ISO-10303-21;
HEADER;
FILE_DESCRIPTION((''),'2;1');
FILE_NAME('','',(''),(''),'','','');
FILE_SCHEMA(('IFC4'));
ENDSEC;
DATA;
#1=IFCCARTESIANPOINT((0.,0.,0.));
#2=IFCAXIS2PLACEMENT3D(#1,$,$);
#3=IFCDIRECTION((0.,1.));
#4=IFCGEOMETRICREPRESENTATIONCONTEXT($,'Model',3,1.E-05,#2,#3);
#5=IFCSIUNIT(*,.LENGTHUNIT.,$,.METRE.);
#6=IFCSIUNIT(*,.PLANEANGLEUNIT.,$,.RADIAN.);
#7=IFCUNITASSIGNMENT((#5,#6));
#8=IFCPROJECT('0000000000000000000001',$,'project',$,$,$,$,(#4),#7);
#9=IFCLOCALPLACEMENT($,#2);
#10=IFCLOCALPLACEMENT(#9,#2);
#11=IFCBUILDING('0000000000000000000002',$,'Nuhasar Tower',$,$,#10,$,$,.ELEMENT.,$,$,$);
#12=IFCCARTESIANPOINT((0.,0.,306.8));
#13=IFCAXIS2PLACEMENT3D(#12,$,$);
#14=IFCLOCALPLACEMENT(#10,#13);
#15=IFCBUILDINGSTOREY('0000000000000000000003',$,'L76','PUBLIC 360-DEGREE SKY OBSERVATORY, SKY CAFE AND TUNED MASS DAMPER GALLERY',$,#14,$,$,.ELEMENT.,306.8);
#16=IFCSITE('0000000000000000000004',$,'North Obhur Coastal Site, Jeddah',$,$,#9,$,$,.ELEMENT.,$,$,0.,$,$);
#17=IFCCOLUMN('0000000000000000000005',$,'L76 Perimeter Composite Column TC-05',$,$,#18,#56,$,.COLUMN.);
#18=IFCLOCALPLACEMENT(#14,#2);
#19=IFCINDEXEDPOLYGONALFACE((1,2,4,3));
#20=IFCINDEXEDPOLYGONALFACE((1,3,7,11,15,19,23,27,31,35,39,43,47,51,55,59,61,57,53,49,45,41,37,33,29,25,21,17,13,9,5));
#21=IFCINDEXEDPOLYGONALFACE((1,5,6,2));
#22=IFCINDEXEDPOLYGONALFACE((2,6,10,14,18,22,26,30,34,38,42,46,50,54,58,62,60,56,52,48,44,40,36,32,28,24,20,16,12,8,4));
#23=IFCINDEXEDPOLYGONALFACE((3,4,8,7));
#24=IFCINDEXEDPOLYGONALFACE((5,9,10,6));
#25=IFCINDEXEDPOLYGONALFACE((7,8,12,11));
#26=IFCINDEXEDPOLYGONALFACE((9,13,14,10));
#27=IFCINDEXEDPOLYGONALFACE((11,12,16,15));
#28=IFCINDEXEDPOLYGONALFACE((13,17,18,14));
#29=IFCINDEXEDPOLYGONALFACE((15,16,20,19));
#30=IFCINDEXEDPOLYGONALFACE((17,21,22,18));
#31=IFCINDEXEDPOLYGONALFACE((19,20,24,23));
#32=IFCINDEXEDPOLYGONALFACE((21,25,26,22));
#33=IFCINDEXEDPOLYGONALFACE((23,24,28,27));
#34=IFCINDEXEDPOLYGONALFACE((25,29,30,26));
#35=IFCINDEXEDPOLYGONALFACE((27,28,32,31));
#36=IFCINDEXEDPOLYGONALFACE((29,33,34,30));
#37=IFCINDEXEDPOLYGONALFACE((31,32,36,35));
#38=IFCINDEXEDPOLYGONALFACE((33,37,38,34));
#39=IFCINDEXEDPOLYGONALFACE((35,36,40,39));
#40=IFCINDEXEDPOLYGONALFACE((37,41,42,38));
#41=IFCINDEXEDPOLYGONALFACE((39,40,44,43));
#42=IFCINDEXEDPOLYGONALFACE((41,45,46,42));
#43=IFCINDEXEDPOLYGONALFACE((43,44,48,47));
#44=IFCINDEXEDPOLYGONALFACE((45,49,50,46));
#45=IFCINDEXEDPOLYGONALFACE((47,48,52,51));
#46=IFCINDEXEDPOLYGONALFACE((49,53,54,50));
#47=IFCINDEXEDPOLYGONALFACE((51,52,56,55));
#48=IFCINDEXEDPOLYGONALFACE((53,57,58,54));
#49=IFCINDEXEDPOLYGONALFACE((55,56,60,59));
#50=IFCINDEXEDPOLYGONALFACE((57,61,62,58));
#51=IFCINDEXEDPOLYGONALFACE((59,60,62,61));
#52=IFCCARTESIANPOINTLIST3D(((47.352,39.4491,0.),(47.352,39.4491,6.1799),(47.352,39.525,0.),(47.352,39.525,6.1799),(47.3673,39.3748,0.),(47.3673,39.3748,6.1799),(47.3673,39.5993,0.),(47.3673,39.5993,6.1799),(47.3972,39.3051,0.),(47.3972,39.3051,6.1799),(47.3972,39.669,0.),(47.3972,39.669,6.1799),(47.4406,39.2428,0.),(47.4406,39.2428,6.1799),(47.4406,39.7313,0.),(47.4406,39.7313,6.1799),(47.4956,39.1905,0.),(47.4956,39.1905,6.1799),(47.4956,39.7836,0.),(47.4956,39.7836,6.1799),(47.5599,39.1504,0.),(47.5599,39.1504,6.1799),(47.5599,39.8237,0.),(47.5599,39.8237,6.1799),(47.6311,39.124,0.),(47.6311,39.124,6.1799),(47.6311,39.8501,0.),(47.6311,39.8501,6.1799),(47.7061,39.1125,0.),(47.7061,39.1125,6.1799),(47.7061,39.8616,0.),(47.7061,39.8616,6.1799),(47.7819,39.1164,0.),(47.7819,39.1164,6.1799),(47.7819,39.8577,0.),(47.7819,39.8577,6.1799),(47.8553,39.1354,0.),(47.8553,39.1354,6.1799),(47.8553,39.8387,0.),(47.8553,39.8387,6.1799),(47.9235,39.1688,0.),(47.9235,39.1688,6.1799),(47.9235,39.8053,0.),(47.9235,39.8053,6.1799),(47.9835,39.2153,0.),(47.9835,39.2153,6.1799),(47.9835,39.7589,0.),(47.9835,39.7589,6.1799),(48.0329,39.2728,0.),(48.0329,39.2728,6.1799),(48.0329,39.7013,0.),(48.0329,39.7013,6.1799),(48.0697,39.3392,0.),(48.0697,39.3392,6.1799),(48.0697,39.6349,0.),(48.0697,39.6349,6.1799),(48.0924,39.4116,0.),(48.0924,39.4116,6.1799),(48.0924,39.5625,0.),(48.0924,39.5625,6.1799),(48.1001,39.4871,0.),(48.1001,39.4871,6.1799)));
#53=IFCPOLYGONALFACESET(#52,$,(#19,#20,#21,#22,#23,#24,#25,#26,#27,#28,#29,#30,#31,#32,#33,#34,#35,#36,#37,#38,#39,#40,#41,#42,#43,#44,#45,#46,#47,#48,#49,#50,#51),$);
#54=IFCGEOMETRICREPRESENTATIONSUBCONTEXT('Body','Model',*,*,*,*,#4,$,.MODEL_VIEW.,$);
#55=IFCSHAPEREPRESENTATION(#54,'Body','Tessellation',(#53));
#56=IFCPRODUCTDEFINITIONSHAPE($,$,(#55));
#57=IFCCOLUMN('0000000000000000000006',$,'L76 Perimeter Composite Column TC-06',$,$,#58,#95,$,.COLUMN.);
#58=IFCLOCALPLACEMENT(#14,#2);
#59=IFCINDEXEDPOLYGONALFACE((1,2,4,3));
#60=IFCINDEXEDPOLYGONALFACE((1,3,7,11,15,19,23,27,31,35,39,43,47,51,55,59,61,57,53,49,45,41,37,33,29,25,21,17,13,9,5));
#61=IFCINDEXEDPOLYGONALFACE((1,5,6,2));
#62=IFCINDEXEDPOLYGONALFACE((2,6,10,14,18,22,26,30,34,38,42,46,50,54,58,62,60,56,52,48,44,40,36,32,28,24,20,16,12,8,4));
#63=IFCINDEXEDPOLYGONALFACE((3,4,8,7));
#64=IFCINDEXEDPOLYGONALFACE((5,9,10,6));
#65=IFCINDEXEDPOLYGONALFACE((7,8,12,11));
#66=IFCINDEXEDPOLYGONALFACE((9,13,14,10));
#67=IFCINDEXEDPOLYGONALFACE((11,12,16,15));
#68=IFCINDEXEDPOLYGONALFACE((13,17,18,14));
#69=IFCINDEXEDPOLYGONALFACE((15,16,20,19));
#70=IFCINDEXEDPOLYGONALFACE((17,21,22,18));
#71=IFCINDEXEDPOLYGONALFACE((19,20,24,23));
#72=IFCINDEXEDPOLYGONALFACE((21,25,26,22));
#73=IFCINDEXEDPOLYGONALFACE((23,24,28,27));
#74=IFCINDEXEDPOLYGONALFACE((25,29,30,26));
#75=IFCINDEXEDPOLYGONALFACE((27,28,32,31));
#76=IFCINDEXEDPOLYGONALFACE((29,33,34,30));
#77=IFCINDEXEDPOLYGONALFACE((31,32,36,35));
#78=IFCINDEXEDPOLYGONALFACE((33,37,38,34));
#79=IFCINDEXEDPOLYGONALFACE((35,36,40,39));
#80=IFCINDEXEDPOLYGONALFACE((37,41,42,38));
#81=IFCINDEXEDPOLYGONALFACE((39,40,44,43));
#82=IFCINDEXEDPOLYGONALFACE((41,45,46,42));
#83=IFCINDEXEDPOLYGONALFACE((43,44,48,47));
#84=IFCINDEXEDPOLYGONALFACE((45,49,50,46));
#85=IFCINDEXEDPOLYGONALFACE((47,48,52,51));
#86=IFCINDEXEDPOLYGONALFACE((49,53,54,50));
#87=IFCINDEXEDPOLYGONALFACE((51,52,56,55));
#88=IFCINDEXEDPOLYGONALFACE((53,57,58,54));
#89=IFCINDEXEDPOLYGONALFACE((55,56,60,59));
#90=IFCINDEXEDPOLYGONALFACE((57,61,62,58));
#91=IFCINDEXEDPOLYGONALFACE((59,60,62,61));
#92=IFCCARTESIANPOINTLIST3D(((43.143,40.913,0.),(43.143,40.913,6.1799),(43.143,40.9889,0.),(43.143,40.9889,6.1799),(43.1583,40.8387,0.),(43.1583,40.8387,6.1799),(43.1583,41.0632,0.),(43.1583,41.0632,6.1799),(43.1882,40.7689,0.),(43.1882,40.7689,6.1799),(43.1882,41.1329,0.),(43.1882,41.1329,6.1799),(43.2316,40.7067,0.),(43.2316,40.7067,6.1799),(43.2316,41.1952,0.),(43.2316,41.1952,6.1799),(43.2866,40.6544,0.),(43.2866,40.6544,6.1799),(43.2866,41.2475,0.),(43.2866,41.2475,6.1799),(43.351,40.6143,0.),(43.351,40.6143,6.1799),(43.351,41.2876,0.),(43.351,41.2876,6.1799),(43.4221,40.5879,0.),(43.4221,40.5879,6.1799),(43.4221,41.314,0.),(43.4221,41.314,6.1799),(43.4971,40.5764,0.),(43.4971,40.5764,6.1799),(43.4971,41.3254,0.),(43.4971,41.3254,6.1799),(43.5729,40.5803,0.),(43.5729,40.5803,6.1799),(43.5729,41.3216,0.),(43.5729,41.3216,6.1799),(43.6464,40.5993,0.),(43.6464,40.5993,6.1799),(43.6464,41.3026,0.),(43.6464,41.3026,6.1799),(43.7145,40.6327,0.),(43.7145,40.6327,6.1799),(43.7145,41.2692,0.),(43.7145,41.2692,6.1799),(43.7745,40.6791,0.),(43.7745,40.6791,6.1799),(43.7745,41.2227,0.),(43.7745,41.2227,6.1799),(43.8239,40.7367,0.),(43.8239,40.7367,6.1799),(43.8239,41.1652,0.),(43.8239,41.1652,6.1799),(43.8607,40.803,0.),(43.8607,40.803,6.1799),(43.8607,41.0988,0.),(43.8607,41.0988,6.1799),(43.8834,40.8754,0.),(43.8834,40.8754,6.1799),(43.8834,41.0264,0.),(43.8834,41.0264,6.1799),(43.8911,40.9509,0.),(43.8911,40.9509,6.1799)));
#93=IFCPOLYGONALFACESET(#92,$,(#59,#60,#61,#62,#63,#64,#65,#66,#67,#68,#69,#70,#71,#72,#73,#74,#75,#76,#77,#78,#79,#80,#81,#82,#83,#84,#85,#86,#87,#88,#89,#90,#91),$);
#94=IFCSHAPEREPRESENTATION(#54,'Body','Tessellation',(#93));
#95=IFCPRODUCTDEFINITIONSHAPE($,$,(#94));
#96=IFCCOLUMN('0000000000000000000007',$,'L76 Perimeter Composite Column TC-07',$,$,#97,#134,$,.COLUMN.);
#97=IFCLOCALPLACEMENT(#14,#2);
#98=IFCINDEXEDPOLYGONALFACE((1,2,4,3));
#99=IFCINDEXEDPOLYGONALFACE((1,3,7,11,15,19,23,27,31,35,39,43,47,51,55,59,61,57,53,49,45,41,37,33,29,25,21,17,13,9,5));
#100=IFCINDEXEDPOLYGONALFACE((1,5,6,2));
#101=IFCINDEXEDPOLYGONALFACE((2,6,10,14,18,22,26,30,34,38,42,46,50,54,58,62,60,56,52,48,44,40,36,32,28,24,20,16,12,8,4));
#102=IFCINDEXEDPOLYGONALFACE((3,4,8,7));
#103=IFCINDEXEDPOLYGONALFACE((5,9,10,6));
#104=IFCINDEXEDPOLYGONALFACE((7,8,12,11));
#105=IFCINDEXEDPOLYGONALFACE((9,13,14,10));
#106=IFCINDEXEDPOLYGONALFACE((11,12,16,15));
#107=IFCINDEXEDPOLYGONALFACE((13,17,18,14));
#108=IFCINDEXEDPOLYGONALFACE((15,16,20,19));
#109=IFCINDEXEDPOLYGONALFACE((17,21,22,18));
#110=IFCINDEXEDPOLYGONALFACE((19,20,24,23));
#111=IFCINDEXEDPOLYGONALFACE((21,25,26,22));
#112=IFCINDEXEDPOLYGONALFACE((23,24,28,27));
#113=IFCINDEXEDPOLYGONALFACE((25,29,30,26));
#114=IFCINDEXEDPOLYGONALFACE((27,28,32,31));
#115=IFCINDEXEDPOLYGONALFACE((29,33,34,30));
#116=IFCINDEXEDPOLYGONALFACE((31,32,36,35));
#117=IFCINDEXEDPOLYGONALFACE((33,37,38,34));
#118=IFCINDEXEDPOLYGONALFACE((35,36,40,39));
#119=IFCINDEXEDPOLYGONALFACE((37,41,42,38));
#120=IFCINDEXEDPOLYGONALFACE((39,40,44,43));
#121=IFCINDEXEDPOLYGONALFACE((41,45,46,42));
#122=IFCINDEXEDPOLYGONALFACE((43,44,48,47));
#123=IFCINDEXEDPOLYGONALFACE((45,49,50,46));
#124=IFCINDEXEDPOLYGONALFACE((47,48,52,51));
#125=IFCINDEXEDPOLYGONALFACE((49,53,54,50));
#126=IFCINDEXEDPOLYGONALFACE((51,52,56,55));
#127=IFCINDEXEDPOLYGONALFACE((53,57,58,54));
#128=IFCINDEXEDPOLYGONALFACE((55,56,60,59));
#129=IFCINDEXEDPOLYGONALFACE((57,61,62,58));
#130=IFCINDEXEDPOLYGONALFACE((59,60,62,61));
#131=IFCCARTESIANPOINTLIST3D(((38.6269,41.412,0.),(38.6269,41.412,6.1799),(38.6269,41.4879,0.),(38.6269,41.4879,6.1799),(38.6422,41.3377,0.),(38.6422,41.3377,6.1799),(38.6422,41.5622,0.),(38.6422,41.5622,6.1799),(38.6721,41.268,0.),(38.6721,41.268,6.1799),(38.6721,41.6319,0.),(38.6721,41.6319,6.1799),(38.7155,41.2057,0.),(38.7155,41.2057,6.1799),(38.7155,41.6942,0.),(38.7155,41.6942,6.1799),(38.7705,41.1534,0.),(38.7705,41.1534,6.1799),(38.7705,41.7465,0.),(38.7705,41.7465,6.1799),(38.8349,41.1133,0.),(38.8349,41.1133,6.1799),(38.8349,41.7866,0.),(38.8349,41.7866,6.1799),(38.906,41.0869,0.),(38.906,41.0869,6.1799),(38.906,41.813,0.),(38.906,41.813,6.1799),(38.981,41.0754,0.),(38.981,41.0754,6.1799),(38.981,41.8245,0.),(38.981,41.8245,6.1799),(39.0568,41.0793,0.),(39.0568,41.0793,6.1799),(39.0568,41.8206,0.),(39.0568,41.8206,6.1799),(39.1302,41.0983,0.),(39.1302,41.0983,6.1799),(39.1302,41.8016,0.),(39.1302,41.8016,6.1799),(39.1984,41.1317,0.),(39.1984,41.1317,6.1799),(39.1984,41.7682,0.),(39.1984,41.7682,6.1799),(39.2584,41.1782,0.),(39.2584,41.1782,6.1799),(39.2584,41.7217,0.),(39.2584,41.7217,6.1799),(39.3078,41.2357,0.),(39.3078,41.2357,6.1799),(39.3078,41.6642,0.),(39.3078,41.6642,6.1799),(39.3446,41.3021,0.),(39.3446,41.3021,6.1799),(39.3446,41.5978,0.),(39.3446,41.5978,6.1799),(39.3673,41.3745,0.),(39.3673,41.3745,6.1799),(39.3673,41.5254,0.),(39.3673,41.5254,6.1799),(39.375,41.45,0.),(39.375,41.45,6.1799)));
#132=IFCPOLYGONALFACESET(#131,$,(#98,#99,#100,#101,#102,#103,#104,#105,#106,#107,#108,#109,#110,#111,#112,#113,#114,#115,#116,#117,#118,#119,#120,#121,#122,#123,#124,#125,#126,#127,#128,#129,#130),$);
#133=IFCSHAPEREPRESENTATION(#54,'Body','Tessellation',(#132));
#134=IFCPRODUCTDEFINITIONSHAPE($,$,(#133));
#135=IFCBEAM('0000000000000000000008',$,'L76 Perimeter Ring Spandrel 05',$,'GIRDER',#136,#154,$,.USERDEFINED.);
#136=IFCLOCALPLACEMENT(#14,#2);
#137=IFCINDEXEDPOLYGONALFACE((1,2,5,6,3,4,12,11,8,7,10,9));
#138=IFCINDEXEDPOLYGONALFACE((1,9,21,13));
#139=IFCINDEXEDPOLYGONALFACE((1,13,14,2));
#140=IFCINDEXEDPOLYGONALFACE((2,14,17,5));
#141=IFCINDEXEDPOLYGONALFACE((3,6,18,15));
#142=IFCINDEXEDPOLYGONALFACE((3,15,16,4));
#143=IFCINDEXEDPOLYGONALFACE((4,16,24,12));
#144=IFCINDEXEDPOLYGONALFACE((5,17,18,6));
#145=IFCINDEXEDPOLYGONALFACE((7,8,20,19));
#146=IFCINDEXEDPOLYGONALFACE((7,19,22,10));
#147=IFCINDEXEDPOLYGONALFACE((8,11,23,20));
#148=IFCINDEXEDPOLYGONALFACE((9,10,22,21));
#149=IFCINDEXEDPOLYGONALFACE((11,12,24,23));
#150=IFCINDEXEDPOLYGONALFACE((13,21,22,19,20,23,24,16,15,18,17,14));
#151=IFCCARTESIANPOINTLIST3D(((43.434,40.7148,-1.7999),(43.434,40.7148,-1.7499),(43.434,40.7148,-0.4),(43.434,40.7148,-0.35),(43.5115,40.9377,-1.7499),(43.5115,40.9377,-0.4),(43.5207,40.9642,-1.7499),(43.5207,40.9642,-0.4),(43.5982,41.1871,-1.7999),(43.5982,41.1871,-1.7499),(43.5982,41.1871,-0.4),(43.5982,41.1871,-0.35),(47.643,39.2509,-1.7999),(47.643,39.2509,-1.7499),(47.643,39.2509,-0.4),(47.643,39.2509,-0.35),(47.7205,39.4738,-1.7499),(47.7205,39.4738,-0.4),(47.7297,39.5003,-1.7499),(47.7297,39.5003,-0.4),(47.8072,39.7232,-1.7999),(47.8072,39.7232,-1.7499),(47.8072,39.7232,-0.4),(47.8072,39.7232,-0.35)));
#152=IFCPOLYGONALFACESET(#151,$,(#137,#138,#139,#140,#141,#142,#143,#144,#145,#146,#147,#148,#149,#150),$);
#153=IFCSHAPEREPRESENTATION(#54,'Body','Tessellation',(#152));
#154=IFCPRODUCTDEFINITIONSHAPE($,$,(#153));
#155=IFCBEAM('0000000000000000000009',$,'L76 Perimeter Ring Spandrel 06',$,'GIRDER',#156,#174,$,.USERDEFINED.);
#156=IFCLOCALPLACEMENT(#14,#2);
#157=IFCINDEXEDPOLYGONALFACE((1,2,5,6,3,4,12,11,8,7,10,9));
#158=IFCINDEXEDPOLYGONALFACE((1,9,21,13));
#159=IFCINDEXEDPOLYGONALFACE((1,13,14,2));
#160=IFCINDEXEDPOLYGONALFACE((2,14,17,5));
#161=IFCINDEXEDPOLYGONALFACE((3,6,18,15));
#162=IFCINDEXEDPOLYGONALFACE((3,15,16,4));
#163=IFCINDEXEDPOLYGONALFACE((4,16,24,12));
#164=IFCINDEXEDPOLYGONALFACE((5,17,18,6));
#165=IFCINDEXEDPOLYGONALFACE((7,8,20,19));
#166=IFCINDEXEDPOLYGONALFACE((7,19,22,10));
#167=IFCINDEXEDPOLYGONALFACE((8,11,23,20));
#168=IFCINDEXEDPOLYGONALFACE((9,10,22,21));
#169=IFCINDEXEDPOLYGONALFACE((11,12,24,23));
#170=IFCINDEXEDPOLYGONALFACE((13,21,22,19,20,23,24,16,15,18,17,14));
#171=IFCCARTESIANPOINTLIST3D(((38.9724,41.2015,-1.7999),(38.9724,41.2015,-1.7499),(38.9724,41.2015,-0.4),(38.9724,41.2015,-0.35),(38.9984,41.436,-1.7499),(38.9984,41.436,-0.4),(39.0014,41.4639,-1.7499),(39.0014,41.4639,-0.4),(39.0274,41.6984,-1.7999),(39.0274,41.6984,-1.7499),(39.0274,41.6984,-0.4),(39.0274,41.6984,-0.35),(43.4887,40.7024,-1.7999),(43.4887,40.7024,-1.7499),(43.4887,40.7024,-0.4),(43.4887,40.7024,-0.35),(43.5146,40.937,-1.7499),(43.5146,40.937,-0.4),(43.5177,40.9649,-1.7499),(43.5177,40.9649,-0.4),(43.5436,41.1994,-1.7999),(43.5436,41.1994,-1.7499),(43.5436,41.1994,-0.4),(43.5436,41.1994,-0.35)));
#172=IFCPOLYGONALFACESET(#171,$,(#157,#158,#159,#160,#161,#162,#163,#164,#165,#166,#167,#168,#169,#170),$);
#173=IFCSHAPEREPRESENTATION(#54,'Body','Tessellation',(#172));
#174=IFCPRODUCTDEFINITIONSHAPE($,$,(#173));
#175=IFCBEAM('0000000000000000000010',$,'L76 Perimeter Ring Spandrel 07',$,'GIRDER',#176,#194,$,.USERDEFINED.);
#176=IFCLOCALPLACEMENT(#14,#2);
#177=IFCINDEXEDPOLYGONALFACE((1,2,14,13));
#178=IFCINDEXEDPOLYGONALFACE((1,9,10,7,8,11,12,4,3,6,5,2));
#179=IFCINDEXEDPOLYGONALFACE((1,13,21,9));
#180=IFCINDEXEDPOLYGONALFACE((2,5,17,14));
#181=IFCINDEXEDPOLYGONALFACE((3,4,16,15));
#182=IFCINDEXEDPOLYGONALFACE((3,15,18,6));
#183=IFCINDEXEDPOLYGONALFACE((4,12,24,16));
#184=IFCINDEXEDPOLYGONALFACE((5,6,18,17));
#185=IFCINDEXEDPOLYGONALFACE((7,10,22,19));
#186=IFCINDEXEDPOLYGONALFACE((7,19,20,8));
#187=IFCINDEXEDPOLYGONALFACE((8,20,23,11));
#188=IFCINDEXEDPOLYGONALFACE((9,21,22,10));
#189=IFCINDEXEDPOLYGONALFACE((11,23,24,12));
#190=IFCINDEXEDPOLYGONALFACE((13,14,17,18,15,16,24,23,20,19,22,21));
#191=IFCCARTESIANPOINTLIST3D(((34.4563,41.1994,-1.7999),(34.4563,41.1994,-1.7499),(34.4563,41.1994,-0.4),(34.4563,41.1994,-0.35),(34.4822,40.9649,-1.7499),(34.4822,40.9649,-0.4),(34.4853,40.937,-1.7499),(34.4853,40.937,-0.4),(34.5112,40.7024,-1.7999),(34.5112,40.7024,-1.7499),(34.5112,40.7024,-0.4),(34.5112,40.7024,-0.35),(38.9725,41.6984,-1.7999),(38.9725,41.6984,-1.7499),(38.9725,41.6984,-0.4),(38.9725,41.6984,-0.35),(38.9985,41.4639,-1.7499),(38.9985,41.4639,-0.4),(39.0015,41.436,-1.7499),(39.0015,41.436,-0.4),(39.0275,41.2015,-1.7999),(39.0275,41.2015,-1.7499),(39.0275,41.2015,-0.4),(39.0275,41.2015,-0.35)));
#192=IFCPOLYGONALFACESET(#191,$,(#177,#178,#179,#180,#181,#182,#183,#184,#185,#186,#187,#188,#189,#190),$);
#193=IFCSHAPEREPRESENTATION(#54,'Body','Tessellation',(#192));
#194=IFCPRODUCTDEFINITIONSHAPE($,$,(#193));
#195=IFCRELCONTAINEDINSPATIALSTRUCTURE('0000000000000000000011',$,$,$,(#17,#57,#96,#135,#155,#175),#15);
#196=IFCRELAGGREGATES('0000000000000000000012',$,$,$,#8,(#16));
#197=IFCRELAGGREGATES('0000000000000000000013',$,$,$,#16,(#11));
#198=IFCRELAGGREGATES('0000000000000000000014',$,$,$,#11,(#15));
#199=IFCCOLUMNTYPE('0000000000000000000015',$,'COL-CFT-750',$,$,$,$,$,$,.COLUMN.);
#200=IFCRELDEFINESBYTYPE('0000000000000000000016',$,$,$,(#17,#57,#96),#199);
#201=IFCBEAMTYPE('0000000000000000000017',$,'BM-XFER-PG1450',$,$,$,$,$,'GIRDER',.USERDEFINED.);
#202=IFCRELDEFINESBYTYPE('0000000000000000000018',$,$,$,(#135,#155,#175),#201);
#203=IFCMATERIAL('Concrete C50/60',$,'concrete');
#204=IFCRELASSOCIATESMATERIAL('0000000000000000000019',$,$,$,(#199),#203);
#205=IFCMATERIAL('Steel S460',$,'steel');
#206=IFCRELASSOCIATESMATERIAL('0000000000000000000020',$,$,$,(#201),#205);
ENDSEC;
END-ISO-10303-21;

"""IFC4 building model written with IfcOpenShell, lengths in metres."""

from ifc_helpers import new_model, si_unit, direction, frame, origin, origin_2d, place, context, subcontext, project, spatial, circle, i_section, extrude, material, material_profile, profile_set, type_object, element, save


model = new_model("IFC4")

# Units and contexts
model_context = context("Model", 3, precision=1e-05, world=origin(), true_north=direction((0.0, 1.0)))
body_context = subcontext(model_context, "Body", "Model", "MODEL_VIEW")
ifc_project = project(units=[si_unit("LENGTHUNIT", "METRE"), si_unit("PLANEANGLEUNIT", "RADIAN")], contexts=[model_context])

# Site, building, storey
site_placement = place(None, origin())
site = spatial("IfcSite", under=ifc_project, at=site_placement, Name="North Obhur Coastal Site, Jeddah", CompositionType="ELEMENT", RefElevation=0.0)
building_placement = place(site_placement, origin())
building = spatial("IfcBuilding", under=site, at=building_placement, Name="Nuhasar Tower", CompositionType="ELEMENT")
storey_placement = place(building_placement, frame((0.0, 0.0, 306.8)))
storey = spatial("IfcBuildingStorey", under=building, at=storey_placement, Name="L76", Description="PUBLIC 360-DEGREE SKY OBSERVATORY, SKY CAFE AND TUNED MASS DAMPER GALLERY", CompositionType="ELEMENT", Elevation=306.8)

# Columns
ifc_material_1 = material(Name="Concrete C50/60", Category="concrete")
ifc_material_profile_1 = material_profile(ifc_material_1, circle(Radius=0.375, at=origin_2d()), Name="CFT750")
ifc_profile_set_1 = profile_set([ifc_material_profile_1], Name="Concrete C50/60")
column_type = type_object("IfcColumnType", Name="COL-CFT-750", PredefinedType="COLUMN", material=ifc_profile_set_1)
for number, where, z_axis, x_axis, name in (
    (1, (47.7251, 39.4871, 0.0), (0.0, 0.0, 1.0), (1.0, 0.0, 0.0), "L76 Perimeter Composite Column TC-05"),
    (2, (43.5161, 40.9509, 0.0), (0.0, 0.0, 1.0), (1.0, 0.0, 0.0), "L76 Perimeter Composite Column TC-06"),
    (3, (39.0, 41.45, 0.0), (0.0, 0.0, 1.0), (1.0, 0.0, 0.0), "L76 Perimeter Composite Column TC-07"),
):
    element("IfcColumn", number, at=place(storey_placement, frame(where, z_axis=z_axis, x_axis=x_axis)), inside=storey, type_object=column_type, Name=name, PredefinedType="COLUMN", context=body_context, shape_type="SweptSolid", body=[
        extrude(circle(Radius=0.375, at=origin_2d()), origin(), (0.0, 0.0, 1.0), 6.1799),
    ])

# Beams
ifc_material_2 = material(Name="Steel S460", Category="steel")
ifc_material_profile_2 = material_profile(ifc_material_2, i_section(OverallWidth=0.5, OverallDepth=1.45, WebThickness=0.0281, FlangeThickness=0.05, at=origin_2d()), Name="PG1450X500")
ifc_profile_set_2 = profile_set([ifc_material_profile_2], Name="Steel S460")
beam_type = type_object("IfcBeamType", Name="BM-XFER-PG1450", ElementType="GIRDER", PredefinedType="USERDEFINED", material=ifc_profile_set_2)
beam_1_placement = place(storey_placement, frame((47.7251, 39.4871, -1.075), z_axis=(-0.944506, 0.328495, 0.0), x_axis=(-0.328495, -0.944506, 0.0)))
element("IfcBeam", 4, at=beam_1_placement, inside=storey, type_object=beam_type, Name="L76 Perimeter Ring Spandrel 05", ObjectType="GIRDER", PredefinedType="USERDEFINED", context=body_context, shape_type="SweptSolid", body=[
    extrude(i_section(OverallWidth=0.5, OverallDepth=1.45, WebThickness=0.0281, FlangeThickness=0.05, at=origin_2d()), origin(), (0.0, 0.0, 1.0), 4.4563),
])
for number, where, z_axis, x_axis, name in (
    (5, (43.5161, 40.9509, -1.075), (-0.99395, 0.10983, 0.0), (-0.10983, -0.99395, 0.0), "L76 Perimeter Ring Spandrel 06"),
    (6, (39.0, 41.45, -1.075), (-0.99395, -0.10983, 0.0), (0.10983, -0.99395, 0.0), "L76 Perimeter Ring Spandrel 07"),
):
    element("IfcBeam", number, at=place(storey_placement, frame(where, z_axis=z_axis, x_axis=x_axis)), inside=storey, type_object=beam_type, Name=name, ObjectType="GIRDER", PredefinedType="USERDEFINED", context=body_context, shape_type="SweptSolid", body=[
        extrude(i_section(OverallWidth=0.5, OverallDepth=1.45, WebThickness=0.0281, FlangeThickness=0.05, at=origin_2d()), origin(), (0.0, 0.0, 1.0), 4.5437),
    ])

save(model, "model.ifc")
